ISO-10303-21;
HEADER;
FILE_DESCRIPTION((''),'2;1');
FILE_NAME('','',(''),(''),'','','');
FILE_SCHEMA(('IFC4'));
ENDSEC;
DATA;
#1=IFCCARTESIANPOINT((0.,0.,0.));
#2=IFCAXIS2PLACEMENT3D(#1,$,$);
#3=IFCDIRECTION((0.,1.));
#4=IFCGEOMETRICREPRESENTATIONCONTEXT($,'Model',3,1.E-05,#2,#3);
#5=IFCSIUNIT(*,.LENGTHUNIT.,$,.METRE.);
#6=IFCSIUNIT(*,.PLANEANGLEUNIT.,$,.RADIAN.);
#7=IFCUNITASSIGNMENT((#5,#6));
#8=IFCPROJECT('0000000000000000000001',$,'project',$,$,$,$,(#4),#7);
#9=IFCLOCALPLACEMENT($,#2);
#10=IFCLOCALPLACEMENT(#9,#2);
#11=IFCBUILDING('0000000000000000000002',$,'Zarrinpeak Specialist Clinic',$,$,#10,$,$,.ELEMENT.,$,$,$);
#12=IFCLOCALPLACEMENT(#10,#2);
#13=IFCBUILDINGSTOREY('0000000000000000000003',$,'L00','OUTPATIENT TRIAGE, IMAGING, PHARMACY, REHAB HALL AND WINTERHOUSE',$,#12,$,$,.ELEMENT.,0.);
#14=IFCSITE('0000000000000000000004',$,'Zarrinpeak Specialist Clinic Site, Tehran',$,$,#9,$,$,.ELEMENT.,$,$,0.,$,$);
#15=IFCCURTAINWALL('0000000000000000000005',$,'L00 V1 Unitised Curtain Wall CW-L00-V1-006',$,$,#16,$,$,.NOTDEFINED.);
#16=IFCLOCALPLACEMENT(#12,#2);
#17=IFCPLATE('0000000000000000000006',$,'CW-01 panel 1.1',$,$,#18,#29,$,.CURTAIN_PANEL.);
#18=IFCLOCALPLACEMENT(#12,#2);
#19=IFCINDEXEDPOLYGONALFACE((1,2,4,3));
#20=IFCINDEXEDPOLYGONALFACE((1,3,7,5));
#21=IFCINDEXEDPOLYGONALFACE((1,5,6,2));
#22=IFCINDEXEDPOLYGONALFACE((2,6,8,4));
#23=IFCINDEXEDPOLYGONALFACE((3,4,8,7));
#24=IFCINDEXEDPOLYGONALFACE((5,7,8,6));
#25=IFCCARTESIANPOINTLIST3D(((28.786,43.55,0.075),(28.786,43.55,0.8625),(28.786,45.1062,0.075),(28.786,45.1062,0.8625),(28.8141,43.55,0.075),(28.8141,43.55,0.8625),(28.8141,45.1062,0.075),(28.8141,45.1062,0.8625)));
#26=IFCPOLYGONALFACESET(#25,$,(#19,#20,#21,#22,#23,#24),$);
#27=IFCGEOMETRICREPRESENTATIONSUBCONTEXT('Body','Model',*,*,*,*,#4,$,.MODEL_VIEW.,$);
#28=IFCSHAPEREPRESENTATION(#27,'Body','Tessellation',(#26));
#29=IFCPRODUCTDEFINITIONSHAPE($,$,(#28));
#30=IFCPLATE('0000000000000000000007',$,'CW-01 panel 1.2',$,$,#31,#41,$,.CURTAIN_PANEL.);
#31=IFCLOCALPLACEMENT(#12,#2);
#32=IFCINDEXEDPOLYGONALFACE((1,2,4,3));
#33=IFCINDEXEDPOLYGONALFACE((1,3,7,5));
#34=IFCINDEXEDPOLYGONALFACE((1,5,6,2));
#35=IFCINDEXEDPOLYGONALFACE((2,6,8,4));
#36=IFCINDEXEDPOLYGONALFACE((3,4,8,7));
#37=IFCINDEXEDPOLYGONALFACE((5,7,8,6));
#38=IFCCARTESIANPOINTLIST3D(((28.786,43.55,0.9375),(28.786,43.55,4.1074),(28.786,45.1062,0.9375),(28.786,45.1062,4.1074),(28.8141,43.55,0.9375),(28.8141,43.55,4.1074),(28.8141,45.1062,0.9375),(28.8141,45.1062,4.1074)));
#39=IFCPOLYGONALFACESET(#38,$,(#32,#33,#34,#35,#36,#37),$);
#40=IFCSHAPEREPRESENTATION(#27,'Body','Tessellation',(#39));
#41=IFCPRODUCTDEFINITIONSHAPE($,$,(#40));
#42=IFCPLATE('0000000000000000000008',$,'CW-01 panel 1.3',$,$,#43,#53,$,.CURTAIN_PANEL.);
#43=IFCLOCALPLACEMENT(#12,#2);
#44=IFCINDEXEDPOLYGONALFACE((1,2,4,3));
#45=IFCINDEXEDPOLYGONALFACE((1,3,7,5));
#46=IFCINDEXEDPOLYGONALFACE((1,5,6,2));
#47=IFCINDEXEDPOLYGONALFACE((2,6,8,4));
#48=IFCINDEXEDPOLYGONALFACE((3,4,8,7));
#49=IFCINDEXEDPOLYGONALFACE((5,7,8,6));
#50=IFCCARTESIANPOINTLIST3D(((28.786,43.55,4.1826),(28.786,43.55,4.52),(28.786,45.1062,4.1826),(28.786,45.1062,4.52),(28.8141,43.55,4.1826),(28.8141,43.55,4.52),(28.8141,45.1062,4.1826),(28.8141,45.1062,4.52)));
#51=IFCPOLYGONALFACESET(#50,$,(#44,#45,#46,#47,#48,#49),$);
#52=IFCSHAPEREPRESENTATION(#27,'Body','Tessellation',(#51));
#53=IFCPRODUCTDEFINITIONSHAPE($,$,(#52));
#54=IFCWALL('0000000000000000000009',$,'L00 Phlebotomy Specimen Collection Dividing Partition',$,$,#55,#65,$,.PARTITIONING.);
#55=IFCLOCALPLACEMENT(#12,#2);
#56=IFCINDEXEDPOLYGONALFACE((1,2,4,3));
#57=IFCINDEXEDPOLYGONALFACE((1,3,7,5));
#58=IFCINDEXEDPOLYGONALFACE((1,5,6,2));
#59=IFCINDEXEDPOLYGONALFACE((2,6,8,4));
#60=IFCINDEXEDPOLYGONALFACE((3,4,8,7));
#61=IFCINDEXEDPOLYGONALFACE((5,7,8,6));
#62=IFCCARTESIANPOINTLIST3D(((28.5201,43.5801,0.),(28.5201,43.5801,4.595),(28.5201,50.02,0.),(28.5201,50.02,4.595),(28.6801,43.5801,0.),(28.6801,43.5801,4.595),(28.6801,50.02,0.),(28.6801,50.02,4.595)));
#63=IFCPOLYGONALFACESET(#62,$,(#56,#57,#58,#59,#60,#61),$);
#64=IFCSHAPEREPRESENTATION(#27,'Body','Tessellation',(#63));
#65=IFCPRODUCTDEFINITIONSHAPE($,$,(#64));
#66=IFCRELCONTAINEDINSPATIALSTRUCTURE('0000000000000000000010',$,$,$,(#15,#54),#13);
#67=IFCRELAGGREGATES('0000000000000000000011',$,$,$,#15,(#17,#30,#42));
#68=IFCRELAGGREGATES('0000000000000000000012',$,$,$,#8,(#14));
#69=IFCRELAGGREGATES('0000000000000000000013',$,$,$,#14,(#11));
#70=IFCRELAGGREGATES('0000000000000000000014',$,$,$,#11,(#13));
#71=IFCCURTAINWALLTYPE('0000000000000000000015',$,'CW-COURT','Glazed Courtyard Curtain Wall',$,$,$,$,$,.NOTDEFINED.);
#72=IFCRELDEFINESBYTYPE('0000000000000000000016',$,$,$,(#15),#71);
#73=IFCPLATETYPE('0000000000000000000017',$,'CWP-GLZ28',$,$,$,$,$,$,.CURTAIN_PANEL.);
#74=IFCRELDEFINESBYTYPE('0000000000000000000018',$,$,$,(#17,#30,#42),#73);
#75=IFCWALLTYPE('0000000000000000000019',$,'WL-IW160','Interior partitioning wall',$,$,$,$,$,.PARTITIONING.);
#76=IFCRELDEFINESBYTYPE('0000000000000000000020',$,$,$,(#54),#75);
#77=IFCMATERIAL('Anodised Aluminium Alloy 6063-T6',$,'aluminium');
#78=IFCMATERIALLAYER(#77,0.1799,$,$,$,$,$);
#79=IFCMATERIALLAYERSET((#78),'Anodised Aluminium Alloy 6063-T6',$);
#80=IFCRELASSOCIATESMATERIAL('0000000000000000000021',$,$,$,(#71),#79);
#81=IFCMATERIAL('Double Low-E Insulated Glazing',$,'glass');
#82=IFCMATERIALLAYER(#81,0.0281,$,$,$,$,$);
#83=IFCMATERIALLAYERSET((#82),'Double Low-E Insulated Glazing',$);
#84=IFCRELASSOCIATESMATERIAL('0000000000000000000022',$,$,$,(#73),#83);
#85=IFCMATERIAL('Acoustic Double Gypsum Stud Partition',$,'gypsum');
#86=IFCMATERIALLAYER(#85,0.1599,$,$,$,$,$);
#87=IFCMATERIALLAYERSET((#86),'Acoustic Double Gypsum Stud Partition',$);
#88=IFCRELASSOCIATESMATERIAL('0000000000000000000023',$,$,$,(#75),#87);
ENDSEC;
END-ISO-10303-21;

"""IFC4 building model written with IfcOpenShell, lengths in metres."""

from ifc_helpers import new_model, si_unit, direction, frame, frame_2d, origin, origin_2d, place, context, subcontext, project, spatial, rectangle, extrude, material, layer, layer_set, type_object, element, aggregate, save


model = new_model("IFC4")

# Units and contexts
model_context = context("Model", 3, precision=1e-05, world=origin(), true_north=direction((0.0, 1.0)))
body_context = subcontext(model_context, "Body", "Model", "MODEL_VIEW")
ifc_project = project(units=[si_unit("LENGTHUNIT", "METRE"), si_unit("PLANEANGLEUNIT", "RADIAN")], contexts=[model_context])

# Site, building, storey
site_placement = place(None, origin())
site = spatial("IfcSite", under=ifc_project, at=site_placement, Name="Zarrinpeak Specialist Clinic Site, Tehran", CompositionType="ELEMENT", RefElevation=0.0)
building_placement = place(site_placement, origin())
building = spatial("IfcBuilding", under=site, at=building_placement, Name="Zarrinpeak Specialist Clinic", CompositionType="ELEMENT")
storey_placement = place(building_placement, origin())
storey = spatial("IfcBuildingStorey", under=building, at=storey_placement, Name="L00", Description="OUTPATIENT TRIAGE, IMAGING, PHARMACY, REHAB HALL AND WINTERHOUSE", CompositionType="ELEMENT", Elevation=0.0)

# Curtain wall
ifc_material_1 = material(Name="Anodised Aluminium Alloy 6063-T6", Category="aluminium")
ifc_layer_1 = layer(ifc_material_1, 0.1799)
ifc_layer_set_1 = layer_set([ifc_layer_1], Name="Anodised Aluminium Alloy 6063-T6")
curtain_wall_type_1 = type_object("IfcCurtainWallType", Name="CW-COURT", Description="Glazed Courtyard Curtain Wall", PredefinedType="NOTDEFINED", material=ifc_layer_set_1)
curtain_wall_1_placement = place(storey_placement, origin())
curtain_wall_1 = element("IfcCurtainWall", 1, at=curtain_wall_1_placement, inside=storey, type_object=curtain_wall_type_1, Name="L00 V1 Unitised Curtain Wall CW-L00-V1-006", PredefinedType="NOTDEFINED")

# Plates
ifc_material_2 = material(Name="Double Low-E Insulated Glazing", Category="glass")
ifc_layer_2 = layer(ifc_material_2, 0.0281)
ifc_layer_set_2 = layer_set([ifc_layer_2], Name="Double Low-E Insulated Glazing")
plate_type = type_object("IfcPlateType", Name="CWP-GLZ28", PredefinedType="CURTAIN_PANEL", material=ifc_layer_set_2)
plate_1_placement = place(storey_placement, frame((28.8, 44.3281, 0.075), z_axis=(0.0, 0.0, 1.0), x_axis=(0.0, 1.0, 0.0)))
plate_1 = element("IfcPlate", 2, at=plate_1_placement, type_object=plate_type, Name="CW-01 panel 1.1", PredefinedType="CURTAIN_PANEL", context=body_context, shape_type="SweptSolid", body=[
    extrude(rectangle(XDim=1.5562, YDim=0.0281, at=origin_2d()), origin(), (0.0, 0.0, 1.0), 0.7876),
])
plate_2_placement = place(storey_placement, frame((28.8, 44.3281, 0.9375), z_axis=(0.0, 0.0, 1.0), x_axis=(0.0, 1.0, 0.0)))
plate_2 = element("IfcPlate", 3, at=plate_2_placement, type_object=plate_type, Name="CW-01 panel 1.2", PredefinedType="CURTAIN_PANEL", context=body_context, shape_type="SweptSolid", body=[
    extrude(rectangle(XDim=1.5562, YDim=0.0281, at=origin_2d()), origin(), (0.0, 0.0, 1.0), 3.1699),
])
plate_3_placement = place(storey_placement, frame((28.8, 44.3281, 4.1826), z_axis=(0.0, 0.0, 1.0), x_axis=(0.0, 1.0, 0.0)))
plate_3 = element("IfcPlate", 4, at=plate_3_placement, type_object=plate_type, Name="CW-01 panel 1.3", PredefinedType="CURTAIN_PANEL", context=body_context, shape_type="SweptSolid", body=[
    extrude(rectangle(XDim=1.5562, YDim=0.0281, at=origin_2d()), origin(), (0.0, 0.0, 1.0), 0.3374),
])
aggregate(curtain_wall_1, [plate_1, plate_2, plate_3])

# Wall
ifc_material_3 = material(Name="Acoustic Double Gypsum Stud Partition", Category="gypsum")
ifc_layer_3 = layer(ifc_material_3, 0.1599)
ifc_layer_set_3 = layer_set([ifc_layer_3], Name="Acoustic Double Gypsum Stud Partition")
wall_type = type_object("IfcWallType", Name="WL-IW160", Description="Interior partitioning wall", PredefinedType="PARTITIONING", material=ifc_layer_set_3)
wall_placement = place(storey_placement, frame((28.6001, 43.5801, 0.0), z_axis=(0.0, 0.0, 1.0), x_axis=(0.0, 1.0, 0.0)))
element("IfcWall", 5, at=wall_placement, inside=storey, type_object=wall_type, Name="L00 Phlebotomy Specimen Collection Dividing Partition", PredefinedType="PARTITIONING", context=body_context, shape_type="SweptSolid", body=[
    extrude(rectangle(XDim=6.4399, YDim=0.1599, at=frame_2d((3.22, 0.0))), origin(), (0.0, 0.0, 1.0), 4.595),
])

save(model, "model.ifc")
